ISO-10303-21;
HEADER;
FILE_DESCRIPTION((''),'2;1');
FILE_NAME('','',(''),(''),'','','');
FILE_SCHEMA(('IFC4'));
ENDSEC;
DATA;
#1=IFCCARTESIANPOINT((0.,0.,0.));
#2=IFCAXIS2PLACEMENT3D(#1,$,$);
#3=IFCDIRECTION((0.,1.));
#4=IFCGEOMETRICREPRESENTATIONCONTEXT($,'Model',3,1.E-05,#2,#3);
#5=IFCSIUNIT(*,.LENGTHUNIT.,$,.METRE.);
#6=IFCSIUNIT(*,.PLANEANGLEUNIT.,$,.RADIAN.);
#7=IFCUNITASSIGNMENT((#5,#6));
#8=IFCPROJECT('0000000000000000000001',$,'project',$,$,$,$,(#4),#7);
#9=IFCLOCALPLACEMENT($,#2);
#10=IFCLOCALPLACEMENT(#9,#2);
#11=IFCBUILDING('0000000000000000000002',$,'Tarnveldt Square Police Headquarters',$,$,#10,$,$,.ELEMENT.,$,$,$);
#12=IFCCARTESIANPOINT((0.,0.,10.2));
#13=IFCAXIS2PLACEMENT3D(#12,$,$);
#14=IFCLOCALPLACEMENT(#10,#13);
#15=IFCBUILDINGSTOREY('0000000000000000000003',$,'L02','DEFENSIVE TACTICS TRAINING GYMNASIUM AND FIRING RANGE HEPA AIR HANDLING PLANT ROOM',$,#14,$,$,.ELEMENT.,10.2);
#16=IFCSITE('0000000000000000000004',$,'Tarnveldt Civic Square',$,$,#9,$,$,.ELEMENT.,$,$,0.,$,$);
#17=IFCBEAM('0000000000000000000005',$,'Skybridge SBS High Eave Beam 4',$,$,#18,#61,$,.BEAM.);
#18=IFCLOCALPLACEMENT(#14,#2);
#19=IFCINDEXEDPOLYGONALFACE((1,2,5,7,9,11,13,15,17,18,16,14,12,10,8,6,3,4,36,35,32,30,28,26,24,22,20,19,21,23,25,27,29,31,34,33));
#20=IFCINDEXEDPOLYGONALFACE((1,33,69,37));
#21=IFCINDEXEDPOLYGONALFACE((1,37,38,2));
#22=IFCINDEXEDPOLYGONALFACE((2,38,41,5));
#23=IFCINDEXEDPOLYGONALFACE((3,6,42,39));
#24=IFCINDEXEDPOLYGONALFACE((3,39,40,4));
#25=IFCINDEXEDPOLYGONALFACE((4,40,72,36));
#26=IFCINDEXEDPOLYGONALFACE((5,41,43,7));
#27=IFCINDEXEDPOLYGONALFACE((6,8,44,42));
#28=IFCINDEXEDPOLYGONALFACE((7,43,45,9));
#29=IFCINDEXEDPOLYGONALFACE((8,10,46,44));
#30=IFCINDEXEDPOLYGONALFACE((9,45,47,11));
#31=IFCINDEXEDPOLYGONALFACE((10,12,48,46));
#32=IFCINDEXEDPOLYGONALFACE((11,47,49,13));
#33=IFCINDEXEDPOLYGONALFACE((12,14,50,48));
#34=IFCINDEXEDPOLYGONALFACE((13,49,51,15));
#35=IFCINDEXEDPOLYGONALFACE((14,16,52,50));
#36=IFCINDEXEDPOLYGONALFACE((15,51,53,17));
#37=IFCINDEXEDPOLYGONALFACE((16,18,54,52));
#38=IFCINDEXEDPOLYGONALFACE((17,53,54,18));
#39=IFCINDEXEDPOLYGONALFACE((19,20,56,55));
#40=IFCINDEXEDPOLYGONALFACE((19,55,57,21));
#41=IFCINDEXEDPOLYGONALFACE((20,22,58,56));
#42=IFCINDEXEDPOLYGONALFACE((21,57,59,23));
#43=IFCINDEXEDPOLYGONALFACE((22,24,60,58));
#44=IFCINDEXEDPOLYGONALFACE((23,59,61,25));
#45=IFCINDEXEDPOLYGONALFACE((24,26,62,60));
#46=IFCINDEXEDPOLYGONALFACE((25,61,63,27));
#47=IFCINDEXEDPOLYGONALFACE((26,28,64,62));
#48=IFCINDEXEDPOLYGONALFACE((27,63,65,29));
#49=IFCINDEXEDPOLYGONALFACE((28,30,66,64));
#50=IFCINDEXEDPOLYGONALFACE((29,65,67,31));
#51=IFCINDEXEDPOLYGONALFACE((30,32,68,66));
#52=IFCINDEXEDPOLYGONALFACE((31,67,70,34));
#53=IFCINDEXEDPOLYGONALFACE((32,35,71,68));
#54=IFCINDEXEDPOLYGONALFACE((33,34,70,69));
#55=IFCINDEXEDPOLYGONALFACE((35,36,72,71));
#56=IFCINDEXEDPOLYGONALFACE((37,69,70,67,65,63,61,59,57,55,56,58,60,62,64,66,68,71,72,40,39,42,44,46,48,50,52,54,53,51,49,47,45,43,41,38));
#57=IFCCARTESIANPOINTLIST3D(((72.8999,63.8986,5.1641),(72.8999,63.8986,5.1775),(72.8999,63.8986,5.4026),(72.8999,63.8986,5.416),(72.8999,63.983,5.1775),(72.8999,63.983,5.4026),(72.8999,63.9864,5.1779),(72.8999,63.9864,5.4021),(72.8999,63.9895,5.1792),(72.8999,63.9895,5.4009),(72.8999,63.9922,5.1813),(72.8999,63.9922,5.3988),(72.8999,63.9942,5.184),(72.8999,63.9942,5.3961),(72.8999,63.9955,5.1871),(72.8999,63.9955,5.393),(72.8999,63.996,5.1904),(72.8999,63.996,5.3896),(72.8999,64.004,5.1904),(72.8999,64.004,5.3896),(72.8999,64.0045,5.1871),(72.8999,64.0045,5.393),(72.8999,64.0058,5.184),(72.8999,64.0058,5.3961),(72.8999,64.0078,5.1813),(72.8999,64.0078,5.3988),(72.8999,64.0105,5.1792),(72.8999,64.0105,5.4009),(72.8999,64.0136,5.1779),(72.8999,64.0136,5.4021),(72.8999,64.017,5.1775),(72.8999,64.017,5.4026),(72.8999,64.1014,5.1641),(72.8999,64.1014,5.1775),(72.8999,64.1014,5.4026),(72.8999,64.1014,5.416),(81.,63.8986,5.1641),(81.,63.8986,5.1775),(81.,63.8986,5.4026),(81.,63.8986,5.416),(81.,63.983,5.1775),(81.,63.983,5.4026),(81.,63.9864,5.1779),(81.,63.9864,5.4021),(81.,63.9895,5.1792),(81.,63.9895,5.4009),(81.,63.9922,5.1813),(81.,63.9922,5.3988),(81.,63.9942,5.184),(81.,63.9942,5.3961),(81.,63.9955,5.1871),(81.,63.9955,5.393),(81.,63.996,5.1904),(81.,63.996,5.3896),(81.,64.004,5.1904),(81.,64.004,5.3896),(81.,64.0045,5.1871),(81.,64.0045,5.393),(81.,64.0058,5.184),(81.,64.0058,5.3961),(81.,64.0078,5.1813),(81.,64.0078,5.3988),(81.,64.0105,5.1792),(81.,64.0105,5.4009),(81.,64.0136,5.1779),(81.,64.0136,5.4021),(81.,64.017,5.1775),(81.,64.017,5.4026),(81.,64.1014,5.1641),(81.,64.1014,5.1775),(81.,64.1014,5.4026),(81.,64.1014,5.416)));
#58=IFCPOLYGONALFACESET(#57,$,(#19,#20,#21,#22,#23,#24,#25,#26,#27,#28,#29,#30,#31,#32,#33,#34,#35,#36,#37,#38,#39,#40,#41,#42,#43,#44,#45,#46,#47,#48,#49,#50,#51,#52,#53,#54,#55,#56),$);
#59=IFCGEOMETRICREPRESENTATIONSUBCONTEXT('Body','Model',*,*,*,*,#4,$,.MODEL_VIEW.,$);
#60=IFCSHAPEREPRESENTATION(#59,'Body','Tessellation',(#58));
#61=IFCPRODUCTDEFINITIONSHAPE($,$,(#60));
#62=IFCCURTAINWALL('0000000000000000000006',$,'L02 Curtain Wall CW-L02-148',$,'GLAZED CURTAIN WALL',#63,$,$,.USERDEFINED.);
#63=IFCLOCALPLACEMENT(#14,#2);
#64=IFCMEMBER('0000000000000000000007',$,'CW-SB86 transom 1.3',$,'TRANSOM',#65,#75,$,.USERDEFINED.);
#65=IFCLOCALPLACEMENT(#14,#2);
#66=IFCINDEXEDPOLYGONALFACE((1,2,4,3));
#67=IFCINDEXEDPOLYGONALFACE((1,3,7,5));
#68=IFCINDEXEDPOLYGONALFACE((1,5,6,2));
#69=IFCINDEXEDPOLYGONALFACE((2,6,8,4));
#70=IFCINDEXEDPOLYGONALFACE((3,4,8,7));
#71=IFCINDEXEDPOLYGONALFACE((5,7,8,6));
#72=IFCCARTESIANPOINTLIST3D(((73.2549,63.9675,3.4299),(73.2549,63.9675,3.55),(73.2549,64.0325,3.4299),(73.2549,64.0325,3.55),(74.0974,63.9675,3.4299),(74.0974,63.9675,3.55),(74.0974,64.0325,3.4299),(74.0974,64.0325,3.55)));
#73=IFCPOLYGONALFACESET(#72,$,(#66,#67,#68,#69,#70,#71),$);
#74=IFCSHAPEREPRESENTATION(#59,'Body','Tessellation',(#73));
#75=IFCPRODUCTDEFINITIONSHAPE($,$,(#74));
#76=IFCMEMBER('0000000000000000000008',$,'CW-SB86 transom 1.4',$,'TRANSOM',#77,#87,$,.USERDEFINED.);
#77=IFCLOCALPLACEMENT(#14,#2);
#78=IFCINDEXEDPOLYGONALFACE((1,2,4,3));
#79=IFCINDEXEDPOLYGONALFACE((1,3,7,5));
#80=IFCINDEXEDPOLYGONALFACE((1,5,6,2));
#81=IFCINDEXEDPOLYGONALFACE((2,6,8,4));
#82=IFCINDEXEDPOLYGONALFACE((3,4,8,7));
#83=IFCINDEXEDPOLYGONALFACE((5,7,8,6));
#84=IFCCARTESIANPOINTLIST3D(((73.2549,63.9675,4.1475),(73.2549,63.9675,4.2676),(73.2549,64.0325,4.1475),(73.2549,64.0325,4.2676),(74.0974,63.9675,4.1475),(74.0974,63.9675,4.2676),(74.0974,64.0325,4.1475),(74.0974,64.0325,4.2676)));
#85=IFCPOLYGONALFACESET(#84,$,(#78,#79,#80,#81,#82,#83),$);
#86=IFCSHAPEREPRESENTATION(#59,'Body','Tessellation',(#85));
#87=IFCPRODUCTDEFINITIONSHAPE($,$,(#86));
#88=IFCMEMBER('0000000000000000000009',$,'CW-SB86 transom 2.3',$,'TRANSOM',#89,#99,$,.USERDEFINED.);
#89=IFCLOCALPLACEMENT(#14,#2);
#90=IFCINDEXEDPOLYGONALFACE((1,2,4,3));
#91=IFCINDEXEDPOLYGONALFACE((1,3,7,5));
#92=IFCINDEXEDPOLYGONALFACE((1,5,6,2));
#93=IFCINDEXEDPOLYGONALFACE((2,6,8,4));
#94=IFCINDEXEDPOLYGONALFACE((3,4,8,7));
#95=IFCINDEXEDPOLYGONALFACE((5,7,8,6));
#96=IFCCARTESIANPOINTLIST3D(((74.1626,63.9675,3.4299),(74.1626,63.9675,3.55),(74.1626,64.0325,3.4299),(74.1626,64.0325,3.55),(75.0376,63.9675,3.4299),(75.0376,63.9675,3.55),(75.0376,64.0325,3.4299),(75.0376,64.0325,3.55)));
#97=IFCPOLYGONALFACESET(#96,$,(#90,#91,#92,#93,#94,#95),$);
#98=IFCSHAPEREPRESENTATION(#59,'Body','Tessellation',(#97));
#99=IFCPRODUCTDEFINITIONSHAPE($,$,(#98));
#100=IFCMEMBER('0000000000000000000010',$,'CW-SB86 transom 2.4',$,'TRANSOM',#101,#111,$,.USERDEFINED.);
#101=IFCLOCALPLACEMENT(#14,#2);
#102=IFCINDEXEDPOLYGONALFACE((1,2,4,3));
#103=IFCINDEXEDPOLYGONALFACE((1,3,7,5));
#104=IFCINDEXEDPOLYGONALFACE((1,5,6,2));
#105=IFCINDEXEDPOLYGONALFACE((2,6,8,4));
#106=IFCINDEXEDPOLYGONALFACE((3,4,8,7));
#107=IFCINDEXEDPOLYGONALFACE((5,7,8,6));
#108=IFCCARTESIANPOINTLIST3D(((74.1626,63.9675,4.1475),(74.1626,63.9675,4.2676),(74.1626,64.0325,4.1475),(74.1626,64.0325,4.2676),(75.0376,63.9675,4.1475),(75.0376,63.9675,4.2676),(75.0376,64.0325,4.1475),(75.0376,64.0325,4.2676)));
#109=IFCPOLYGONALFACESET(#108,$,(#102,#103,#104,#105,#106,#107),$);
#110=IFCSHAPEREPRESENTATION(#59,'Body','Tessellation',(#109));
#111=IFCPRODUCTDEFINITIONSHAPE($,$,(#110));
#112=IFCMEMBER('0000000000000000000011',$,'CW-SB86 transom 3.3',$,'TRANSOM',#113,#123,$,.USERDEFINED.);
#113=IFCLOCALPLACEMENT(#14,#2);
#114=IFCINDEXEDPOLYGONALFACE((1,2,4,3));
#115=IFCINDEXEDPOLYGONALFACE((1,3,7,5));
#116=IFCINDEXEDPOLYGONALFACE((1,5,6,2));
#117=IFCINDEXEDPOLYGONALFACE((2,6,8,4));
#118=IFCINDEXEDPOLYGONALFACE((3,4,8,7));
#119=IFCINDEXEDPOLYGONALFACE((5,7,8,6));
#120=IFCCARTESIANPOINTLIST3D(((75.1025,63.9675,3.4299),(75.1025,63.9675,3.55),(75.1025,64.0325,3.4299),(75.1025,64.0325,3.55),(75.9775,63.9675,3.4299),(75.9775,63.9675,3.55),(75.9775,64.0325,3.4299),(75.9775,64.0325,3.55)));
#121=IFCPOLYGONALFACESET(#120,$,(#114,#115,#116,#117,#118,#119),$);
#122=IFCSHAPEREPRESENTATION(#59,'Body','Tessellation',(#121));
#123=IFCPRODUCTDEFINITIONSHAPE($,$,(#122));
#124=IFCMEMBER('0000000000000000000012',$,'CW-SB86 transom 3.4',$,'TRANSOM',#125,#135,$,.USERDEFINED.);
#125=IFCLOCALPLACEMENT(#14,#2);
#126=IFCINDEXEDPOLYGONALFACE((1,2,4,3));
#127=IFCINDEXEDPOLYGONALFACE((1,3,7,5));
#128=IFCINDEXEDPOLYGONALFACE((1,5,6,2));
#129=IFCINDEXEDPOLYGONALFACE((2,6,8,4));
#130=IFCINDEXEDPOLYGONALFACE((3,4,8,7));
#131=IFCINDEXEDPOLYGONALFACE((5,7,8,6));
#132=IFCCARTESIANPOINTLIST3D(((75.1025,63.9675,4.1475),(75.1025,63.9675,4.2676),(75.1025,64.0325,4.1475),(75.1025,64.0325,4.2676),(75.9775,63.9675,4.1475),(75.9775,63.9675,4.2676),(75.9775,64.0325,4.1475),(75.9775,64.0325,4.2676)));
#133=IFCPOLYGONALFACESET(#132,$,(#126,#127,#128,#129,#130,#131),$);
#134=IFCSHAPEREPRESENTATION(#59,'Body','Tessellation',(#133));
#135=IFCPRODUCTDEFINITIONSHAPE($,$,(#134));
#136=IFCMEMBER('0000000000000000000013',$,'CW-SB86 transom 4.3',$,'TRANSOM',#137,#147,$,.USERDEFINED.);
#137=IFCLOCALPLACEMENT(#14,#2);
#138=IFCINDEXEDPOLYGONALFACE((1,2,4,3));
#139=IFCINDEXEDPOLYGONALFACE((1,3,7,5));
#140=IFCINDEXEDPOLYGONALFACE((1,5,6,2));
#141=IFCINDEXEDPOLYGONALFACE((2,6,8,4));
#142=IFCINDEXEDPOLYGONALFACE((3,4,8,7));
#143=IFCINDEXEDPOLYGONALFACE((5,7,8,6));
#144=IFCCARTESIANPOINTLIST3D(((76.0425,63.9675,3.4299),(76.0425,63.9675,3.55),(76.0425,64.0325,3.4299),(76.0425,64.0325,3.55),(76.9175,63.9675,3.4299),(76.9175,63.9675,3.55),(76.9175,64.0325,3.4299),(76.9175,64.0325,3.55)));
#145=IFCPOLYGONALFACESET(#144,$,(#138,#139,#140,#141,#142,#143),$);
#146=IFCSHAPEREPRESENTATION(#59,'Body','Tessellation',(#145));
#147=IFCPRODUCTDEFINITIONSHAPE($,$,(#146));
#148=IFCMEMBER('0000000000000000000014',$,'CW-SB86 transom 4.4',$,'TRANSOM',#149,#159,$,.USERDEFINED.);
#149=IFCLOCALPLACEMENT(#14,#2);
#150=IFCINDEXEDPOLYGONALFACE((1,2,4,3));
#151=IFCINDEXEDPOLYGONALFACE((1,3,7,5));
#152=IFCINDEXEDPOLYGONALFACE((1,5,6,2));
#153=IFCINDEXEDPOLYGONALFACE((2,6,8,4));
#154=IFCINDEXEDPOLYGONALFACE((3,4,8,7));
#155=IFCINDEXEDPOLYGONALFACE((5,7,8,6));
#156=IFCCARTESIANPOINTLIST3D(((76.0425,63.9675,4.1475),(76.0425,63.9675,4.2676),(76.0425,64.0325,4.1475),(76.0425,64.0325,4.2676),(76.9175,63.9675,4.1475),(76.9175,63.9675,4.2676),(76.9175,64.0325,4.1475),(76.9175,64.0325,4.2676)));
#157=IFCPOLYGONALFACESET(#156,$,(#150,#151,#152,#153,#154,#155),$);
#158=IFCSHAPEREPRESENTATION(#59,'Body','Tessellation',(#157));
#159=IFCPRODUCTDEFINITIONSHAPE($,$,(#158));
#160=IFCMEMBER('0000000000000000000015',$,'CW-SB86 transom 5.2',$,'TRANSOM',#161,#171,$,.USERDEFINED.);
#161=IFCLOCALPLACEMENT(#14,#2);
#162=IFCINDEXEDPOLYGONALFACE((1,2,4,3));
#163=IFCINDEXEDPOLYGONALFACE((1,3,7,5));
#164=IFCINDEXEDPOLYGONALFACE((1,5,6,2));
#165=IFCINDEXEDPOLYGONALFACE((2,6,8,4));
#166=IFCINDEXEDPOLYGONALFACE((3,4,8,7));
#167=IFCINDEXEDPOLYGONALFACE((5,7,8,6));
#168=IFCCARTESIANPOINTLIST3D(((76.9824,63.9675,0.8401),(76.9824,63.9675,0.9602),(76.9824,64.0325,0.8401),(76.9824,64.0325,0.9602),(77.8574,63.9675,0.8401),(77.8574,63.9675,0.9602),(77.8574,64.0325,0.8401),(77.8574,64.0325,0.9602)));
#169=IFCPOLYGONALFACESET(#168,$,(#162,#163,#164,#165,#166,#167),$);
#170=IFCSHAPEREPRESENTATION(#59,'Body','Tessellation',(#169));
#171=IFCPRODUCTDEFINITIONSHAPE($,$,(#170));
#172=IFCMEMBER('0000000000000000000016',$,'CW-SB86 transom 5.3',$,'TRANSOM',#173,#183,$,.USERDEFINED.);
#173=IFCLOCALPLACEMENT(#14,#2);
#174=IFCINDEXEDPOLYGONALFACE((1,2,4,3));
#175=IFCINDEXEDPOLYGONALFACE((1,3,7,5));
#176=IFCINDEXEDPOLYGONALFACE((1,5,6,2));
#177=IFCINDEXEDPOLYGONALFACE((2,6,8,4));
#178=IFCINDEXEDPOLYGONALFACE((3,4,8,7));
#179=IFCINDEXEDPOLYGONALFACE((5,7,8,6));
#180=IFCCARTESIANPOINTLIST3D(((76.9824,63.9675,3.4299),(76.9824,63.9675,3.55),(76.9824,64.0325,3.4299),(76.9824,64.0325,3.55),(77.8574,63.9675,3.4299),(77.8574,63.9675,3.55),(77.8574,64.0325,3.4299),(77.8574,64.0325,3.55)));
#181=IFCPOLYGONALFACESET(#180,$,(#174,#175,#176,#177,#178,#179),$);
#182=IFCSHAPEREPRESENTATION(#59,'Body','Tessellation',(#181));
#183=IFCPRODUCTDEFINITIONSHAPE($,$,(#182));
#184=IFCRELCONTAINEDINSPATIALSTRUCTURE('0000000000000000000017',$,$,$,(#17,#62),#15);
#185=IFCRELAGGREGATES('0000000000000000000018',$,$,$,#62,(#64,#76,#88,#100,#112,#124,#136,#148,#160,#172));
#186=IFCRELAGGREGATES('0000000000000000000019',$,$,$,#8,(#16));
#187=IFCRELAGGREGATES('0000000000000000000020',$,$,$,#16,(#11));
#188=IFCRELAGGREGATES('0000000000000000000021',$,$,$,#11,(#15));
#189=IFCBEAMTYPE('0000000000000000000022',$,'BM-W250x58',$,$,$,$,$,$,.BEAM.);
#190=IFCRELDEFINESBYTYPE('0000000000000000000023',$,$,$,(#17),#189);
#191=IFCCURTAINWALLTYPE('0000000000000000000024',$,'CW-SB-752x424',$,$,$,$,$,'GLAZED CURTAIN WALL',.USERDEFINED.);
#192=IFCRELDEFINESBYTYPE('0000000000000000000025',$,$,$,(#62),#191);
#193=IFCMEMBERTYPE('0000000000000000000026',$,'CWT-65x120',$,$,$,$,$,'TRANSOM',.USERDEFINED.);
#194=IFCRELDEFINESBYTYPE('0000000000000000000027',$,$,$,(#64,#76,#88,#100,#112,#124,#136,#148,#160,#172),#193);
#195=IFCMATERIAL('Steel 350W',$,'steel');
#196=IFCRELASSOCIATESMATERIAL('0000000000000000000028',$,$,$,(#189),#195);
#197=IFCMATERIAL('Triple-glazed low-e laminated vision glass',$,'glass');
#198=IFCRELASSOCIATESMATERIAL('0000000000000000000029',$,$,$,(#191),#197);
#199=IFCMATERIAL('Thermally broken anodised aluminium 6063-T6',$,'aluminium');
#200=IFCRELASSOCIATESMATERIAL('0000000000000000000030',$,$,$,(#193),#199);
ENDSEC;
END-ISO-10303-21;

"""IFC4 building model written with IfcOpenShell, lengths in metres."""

from ifc_helpers import new_model, si_unit, direction, frame, origin, origin_2d, place, context, subcontext, project, spatial, rectangle, i_section, extrude, material, material_profile, profile_set, type_object, element, aggregate, save


model = new_model("IFC4")

# Units and contexts
model_context = context("Model", 3, precision=1e-05, world=origin(), true_north=direction((0.0, 1.0)))
body_context = subcontext(model_context, "Body", "Model", "MODEL_VIEW")
ifc_project = project(units=[si_unit("LENGTHUNIT", "METRE"), si_unit("PLANEANGLEUNIT", "RADIAN")], contexts=[model_context])

# Site, building, storey
site_placement = place(None, origin())
site = spatial("IfcSite", under=ifc_project, at=site_placement, Name="Tarnveldt Civic Square", CompositionType="ELEMENT", RefElevation=0.0)
building_placement = place(site_placement, origin())
building = spatial("IfcBuilding", under=site, at=building_placement, Name="Tarnveldt Square Police Headquarters", CompositionType="ELEMENT")
storey_placement = place(building_placement, frame((0.0, 0.0, 10.2)))
storey = spatial("IfcBuildingStorey", under=building, at=storey_placement, Name="L02", Description="DEFENSIVE TACTICS TRAINING GYMNASIUM AND FIRING RANGE HEPA AIR HANDLING PLANT ROOM", CompositionType="ELEMENT", Elevation=10.2)

# Beam
ifc_material_1 = material(Name="Steel 350W", Category="steel")
ifc_material_profile_1 = material_profile(ifc_material_1, i_section(OverallWidth=0.2029, OverallDepth=0.252, WebThickness=0.0081, FlangeThickness=0.0134, FilletRadius=0.0129, at=origin_2d()), Name="W250x58")
ifc_profile_set_1 = profile_set([ifc_material_profile_1], Name="Steel 350W")
beam_type = type_object("IfcBeamType", Name="BM-W250x58", PredefinedType="BEAM", material=ifc_profile_set_1)
beam_placement = place(storey_placement, frame((72.8999, 64.0, 5.29), z_axis=(1.0, 0.0, 0.0), x_axis=(0.0, 1.0, 0.0)))
element("IfcBeam", 1, at=beam_placement, inside=storey, type_object=beam_type, Name="Skybridge SBS High Eave Beam 4", PredefinedType="BEAM", context=body_context, shape_type="SweptSolid", body=[
    extrude(i_section(OverallWidth=0.2029, OverallDepth=0.252, WebThickness=0.0081, FlangeThickness=0.0134, FilletRadius=0.0129, at=origin_2d()), origin(), (0.0, 0.0, 1.0), 8.1001),
])

# Curtain wall, members
ifc_material_2 = material(Name="Triple-glazed low-e laminated vision glass", Category="glass")
curtain_wall_type = type_object("IfcCurtainWallType", Name="CW-SB-752x424", ElementType="GLAZED CURTAIN WALL", PredefinedType="USERDEFINED", material=ifc_material_2)
curtain_wall_placement = place(storey_placement, origin())
curtain_wall = element("IfcCurtainWall", 2, at=curtain_wall_placement, inside=storey, type_object=curtain_wall_type, Name="L02 Curtain Wall CW-L02-148", ObjectType="GLAZED CURTAIN WALL", PredefinedType="USERDEFINED")
ifc_material_3 = material(Name="Thermally broken anodised aluminium 6063-T6", Category="aluminium")
ifc_material_profile_2 = material_profile(ifc_material_3, rectangle(XDim=0.0649, YDim=0.1201, at=origin_2d()), Name="CW-T65x120")
ifc_profile_set_2 = profile_set([ifc_material_profile_2], Name="Thermally broken anodised aluminium 6063-T6")
member_type_1 = type_object("IfcMemberType", Name="CWT-65x120", ElementType="TRANSOM", PredefinedType="USERDEFINED", material=ifc_profile_set_2)
member_1_placement = place(storey_placement, frame((73.2549, 64.0, 3.49), z_axis=(1.0, 0.0, 0.0), x_axis=(0.0, 1.0, 0.0)))
member_1 = element("IfcMember", 3, at=member_1_placement, type_object=member_type_1, Name="CW-SB86 transom 1.3", ObjectType="TRANSOM", PredefinedType="USERDEFINED", context=body_context, shape_type="SweptSolid", body=[
    extrude(rectangle(XDim=0.0649, YDim=0.1201, at=origin_2d()), origin(), (0.0, 0.0, 1.0), 0.8425),
])
member_2_placement = place(storey_placement, frame((73.2549, 64.0, 4.2075), z_axis=(1.0, 0.0, 0.0), x_axis=(0.0, 1.0, 0.0)))
member_2 = element("IfcMember", 4, at=member_2_placement, type_object=member_type_1, Name="CW-SB86 transom 1.4", ObjectType="TRANSOM", PredefinedType="USERDEFINED", context=body_context, shape_type="SweptSolid", body=[
    extrude(rectangle(XDim=0.0649, YDim=0.1201, at=origin_2d()), origin(), (0.0, 0.0, 1.0), 0.8425),
])
member_3_placement = place(storey_placement, frame((74.1626, 64.0, 3.49), z_axis=(1.0, 0.0, 0.0), x_axis=(0.0, 1.0, 0.0)))
member_3 = element("IfcMember", 5, at=member_3_placement, type_object=member_type_1, Name="CW-SB86 transom 2.3", ObjectType="TRANSOM", PredefinedType="USERDEFINED", context=body_context, shape_type="SweptSolid", body=[
    extrude(rectangle(XDim=0.0649, YDim=0.1201, at=origin_2d()), origin(), (0.0, 0.0, 1.0), 0.875),
])
member_4_placement = place(storey_placement, frame((74.1626, 64.0, 4.2075), z_axis=(1.0, 0.0, 0.0), x_axis=(0.0, 1.0, 0.0)))
member_4 = element("IfcMember", 6, at=member_4_placement, type_object=member_type_1, Name="CW-SB86 transom 2.4", ObjectType="TRANSOM", PredefinedType="USERDEFINED", context=body_context, shape_type="SweptSolid", body=[
    extrude(rectangle(XDim=0.0649, YDim=0.1201, at=origin_2d()), origin(), (0.0, 0.0, 1.0), 0.875),
])
member_5_placement = place(storey_placement, frame((75.1025, 64.0, 3.49), z_axis=(1.0, 0.0, 0.0), x_axis=(0.0, 1.0, 0.0)))
member_5 = element("IfcMember", 7, at=member_5_placement, type_object=member_type_1, Name="CW-SB86 transom 3.3", ObjectType="TRANSOM", PredefinedType="USERDEFINED", context=body_context, shape_type="SweptSolid", body=[
    extrude(rectangle(XDim=0.0649, YDim=0.1201, at=origin_2d()), origin(), (0.0, 0.0, 1.0), 0.875),
])
member_6_placement = place(storey_placement, frame((75.1025, 64.0, 4.2075), z_axis=(1.0, 0.0, 0.0), x_axis=(0.0, 1.0, 0.0)))
member_6 = element("IfcMember", 8, at=member_6_placement, type_object=member_type_1, Name="CW-SB86 transom 3.4", ObjectType="TRANSOM", PredefinedType="USERDEFINED", context=body_context, shape_type="SweptSolid", body=[
    extrude(rectangle(XDim=0.0649, YDim=0.1201, at=origin_2d()), origin(), (0.0, 0.0, 1.0), 0.875),
])
member_7_placement = place(storey_placement, frame((76.0425, 64.0, 3.49), z_axis=(1.0, 0.0, 0.0), x_axis=(0.0, 1.0, 0.0)))
member_7 = element("IfcMember", 9, at=member_7_placement, type_object=member_type_1, Name="CW-SB86 transom 4.3", ObjectType="TRANSOM", PredefinedType="USERDEFINED", context=body_context, shape_type="SweptSolid", body=[
    extrude(rectangle(XDim=0.0649, YDim=0.1201, at=origin_2d()), origin(), (0.0, 0.0, 1.0), 0.875),
])
member_8_placement = place(storey_placement, frame((76.0425, 64.0, 4.2075), z_axis=(1.0, 0.0, 0.0), x_axis=(0.0, 1.0, 0.0)))
member_8 = element("IfcMember", 10, at=member_8_placement, type_object=member_type_1, Name="CW-SB86 transom 4.4", ObjectType="TRANSOM", PredefinedType="USERDEFINED", context=body_context, shape_type="SweptSolid", body=[
    extrude(rectangle(XDim=0.0649, YDim=0.1201, at=origin_2d()), origin(), (0.0, 0.0, 1.0), 0.875),
])
member_9_placement = place(storey_placement, frame((76.9824, 64.0, 0.9001), z_axis=(1.0, 0.0, 0.0), x_axis=(0.0, 1.0, 0.0)))
member_9 = element("IfcMember", 11, at=member_9_placement, type_object=member_type_1, Name="CW-SB86 transom 5.2", ObjectType="TRANSOM", PredefinedType="USERDEFINED", context=body_context, shape_type="SweptSolid", body=[
    extrude(rectangle(XDim=0.0649, YDim=0.1201, at=origin_2d()), origin(), (0.0, 0.0, 1.0), 0.875),
])
member_10_placement = place(storey_placement, frame((76.9824, 64.0, 3.49), z_axis=(1.0, 0.0, 0.0), x_axis=(0.0, 1.0, 0.0)))
member_10 = element("IfcMember", 12, at=member_10_placement, type_object=member_type_1, Name="CW-SB86 transom 5.3", ObjectType="TRANSOM", PredefinedType="USERDEFINED", context=body_context, shape_type="SweptSolid", body=[
    extrude(rectangle(XDim=0.0649, YDim=0.1201, at=origin_2d()), origin(), (0.0, 0.0, 1.0), 0.875),
])

aggregate(curtain_wall, [member_1, member_2, member_3, member_4, member_5, member_6, member_7, member_8, member_9, member_10])

save(model, "model.ifc")
